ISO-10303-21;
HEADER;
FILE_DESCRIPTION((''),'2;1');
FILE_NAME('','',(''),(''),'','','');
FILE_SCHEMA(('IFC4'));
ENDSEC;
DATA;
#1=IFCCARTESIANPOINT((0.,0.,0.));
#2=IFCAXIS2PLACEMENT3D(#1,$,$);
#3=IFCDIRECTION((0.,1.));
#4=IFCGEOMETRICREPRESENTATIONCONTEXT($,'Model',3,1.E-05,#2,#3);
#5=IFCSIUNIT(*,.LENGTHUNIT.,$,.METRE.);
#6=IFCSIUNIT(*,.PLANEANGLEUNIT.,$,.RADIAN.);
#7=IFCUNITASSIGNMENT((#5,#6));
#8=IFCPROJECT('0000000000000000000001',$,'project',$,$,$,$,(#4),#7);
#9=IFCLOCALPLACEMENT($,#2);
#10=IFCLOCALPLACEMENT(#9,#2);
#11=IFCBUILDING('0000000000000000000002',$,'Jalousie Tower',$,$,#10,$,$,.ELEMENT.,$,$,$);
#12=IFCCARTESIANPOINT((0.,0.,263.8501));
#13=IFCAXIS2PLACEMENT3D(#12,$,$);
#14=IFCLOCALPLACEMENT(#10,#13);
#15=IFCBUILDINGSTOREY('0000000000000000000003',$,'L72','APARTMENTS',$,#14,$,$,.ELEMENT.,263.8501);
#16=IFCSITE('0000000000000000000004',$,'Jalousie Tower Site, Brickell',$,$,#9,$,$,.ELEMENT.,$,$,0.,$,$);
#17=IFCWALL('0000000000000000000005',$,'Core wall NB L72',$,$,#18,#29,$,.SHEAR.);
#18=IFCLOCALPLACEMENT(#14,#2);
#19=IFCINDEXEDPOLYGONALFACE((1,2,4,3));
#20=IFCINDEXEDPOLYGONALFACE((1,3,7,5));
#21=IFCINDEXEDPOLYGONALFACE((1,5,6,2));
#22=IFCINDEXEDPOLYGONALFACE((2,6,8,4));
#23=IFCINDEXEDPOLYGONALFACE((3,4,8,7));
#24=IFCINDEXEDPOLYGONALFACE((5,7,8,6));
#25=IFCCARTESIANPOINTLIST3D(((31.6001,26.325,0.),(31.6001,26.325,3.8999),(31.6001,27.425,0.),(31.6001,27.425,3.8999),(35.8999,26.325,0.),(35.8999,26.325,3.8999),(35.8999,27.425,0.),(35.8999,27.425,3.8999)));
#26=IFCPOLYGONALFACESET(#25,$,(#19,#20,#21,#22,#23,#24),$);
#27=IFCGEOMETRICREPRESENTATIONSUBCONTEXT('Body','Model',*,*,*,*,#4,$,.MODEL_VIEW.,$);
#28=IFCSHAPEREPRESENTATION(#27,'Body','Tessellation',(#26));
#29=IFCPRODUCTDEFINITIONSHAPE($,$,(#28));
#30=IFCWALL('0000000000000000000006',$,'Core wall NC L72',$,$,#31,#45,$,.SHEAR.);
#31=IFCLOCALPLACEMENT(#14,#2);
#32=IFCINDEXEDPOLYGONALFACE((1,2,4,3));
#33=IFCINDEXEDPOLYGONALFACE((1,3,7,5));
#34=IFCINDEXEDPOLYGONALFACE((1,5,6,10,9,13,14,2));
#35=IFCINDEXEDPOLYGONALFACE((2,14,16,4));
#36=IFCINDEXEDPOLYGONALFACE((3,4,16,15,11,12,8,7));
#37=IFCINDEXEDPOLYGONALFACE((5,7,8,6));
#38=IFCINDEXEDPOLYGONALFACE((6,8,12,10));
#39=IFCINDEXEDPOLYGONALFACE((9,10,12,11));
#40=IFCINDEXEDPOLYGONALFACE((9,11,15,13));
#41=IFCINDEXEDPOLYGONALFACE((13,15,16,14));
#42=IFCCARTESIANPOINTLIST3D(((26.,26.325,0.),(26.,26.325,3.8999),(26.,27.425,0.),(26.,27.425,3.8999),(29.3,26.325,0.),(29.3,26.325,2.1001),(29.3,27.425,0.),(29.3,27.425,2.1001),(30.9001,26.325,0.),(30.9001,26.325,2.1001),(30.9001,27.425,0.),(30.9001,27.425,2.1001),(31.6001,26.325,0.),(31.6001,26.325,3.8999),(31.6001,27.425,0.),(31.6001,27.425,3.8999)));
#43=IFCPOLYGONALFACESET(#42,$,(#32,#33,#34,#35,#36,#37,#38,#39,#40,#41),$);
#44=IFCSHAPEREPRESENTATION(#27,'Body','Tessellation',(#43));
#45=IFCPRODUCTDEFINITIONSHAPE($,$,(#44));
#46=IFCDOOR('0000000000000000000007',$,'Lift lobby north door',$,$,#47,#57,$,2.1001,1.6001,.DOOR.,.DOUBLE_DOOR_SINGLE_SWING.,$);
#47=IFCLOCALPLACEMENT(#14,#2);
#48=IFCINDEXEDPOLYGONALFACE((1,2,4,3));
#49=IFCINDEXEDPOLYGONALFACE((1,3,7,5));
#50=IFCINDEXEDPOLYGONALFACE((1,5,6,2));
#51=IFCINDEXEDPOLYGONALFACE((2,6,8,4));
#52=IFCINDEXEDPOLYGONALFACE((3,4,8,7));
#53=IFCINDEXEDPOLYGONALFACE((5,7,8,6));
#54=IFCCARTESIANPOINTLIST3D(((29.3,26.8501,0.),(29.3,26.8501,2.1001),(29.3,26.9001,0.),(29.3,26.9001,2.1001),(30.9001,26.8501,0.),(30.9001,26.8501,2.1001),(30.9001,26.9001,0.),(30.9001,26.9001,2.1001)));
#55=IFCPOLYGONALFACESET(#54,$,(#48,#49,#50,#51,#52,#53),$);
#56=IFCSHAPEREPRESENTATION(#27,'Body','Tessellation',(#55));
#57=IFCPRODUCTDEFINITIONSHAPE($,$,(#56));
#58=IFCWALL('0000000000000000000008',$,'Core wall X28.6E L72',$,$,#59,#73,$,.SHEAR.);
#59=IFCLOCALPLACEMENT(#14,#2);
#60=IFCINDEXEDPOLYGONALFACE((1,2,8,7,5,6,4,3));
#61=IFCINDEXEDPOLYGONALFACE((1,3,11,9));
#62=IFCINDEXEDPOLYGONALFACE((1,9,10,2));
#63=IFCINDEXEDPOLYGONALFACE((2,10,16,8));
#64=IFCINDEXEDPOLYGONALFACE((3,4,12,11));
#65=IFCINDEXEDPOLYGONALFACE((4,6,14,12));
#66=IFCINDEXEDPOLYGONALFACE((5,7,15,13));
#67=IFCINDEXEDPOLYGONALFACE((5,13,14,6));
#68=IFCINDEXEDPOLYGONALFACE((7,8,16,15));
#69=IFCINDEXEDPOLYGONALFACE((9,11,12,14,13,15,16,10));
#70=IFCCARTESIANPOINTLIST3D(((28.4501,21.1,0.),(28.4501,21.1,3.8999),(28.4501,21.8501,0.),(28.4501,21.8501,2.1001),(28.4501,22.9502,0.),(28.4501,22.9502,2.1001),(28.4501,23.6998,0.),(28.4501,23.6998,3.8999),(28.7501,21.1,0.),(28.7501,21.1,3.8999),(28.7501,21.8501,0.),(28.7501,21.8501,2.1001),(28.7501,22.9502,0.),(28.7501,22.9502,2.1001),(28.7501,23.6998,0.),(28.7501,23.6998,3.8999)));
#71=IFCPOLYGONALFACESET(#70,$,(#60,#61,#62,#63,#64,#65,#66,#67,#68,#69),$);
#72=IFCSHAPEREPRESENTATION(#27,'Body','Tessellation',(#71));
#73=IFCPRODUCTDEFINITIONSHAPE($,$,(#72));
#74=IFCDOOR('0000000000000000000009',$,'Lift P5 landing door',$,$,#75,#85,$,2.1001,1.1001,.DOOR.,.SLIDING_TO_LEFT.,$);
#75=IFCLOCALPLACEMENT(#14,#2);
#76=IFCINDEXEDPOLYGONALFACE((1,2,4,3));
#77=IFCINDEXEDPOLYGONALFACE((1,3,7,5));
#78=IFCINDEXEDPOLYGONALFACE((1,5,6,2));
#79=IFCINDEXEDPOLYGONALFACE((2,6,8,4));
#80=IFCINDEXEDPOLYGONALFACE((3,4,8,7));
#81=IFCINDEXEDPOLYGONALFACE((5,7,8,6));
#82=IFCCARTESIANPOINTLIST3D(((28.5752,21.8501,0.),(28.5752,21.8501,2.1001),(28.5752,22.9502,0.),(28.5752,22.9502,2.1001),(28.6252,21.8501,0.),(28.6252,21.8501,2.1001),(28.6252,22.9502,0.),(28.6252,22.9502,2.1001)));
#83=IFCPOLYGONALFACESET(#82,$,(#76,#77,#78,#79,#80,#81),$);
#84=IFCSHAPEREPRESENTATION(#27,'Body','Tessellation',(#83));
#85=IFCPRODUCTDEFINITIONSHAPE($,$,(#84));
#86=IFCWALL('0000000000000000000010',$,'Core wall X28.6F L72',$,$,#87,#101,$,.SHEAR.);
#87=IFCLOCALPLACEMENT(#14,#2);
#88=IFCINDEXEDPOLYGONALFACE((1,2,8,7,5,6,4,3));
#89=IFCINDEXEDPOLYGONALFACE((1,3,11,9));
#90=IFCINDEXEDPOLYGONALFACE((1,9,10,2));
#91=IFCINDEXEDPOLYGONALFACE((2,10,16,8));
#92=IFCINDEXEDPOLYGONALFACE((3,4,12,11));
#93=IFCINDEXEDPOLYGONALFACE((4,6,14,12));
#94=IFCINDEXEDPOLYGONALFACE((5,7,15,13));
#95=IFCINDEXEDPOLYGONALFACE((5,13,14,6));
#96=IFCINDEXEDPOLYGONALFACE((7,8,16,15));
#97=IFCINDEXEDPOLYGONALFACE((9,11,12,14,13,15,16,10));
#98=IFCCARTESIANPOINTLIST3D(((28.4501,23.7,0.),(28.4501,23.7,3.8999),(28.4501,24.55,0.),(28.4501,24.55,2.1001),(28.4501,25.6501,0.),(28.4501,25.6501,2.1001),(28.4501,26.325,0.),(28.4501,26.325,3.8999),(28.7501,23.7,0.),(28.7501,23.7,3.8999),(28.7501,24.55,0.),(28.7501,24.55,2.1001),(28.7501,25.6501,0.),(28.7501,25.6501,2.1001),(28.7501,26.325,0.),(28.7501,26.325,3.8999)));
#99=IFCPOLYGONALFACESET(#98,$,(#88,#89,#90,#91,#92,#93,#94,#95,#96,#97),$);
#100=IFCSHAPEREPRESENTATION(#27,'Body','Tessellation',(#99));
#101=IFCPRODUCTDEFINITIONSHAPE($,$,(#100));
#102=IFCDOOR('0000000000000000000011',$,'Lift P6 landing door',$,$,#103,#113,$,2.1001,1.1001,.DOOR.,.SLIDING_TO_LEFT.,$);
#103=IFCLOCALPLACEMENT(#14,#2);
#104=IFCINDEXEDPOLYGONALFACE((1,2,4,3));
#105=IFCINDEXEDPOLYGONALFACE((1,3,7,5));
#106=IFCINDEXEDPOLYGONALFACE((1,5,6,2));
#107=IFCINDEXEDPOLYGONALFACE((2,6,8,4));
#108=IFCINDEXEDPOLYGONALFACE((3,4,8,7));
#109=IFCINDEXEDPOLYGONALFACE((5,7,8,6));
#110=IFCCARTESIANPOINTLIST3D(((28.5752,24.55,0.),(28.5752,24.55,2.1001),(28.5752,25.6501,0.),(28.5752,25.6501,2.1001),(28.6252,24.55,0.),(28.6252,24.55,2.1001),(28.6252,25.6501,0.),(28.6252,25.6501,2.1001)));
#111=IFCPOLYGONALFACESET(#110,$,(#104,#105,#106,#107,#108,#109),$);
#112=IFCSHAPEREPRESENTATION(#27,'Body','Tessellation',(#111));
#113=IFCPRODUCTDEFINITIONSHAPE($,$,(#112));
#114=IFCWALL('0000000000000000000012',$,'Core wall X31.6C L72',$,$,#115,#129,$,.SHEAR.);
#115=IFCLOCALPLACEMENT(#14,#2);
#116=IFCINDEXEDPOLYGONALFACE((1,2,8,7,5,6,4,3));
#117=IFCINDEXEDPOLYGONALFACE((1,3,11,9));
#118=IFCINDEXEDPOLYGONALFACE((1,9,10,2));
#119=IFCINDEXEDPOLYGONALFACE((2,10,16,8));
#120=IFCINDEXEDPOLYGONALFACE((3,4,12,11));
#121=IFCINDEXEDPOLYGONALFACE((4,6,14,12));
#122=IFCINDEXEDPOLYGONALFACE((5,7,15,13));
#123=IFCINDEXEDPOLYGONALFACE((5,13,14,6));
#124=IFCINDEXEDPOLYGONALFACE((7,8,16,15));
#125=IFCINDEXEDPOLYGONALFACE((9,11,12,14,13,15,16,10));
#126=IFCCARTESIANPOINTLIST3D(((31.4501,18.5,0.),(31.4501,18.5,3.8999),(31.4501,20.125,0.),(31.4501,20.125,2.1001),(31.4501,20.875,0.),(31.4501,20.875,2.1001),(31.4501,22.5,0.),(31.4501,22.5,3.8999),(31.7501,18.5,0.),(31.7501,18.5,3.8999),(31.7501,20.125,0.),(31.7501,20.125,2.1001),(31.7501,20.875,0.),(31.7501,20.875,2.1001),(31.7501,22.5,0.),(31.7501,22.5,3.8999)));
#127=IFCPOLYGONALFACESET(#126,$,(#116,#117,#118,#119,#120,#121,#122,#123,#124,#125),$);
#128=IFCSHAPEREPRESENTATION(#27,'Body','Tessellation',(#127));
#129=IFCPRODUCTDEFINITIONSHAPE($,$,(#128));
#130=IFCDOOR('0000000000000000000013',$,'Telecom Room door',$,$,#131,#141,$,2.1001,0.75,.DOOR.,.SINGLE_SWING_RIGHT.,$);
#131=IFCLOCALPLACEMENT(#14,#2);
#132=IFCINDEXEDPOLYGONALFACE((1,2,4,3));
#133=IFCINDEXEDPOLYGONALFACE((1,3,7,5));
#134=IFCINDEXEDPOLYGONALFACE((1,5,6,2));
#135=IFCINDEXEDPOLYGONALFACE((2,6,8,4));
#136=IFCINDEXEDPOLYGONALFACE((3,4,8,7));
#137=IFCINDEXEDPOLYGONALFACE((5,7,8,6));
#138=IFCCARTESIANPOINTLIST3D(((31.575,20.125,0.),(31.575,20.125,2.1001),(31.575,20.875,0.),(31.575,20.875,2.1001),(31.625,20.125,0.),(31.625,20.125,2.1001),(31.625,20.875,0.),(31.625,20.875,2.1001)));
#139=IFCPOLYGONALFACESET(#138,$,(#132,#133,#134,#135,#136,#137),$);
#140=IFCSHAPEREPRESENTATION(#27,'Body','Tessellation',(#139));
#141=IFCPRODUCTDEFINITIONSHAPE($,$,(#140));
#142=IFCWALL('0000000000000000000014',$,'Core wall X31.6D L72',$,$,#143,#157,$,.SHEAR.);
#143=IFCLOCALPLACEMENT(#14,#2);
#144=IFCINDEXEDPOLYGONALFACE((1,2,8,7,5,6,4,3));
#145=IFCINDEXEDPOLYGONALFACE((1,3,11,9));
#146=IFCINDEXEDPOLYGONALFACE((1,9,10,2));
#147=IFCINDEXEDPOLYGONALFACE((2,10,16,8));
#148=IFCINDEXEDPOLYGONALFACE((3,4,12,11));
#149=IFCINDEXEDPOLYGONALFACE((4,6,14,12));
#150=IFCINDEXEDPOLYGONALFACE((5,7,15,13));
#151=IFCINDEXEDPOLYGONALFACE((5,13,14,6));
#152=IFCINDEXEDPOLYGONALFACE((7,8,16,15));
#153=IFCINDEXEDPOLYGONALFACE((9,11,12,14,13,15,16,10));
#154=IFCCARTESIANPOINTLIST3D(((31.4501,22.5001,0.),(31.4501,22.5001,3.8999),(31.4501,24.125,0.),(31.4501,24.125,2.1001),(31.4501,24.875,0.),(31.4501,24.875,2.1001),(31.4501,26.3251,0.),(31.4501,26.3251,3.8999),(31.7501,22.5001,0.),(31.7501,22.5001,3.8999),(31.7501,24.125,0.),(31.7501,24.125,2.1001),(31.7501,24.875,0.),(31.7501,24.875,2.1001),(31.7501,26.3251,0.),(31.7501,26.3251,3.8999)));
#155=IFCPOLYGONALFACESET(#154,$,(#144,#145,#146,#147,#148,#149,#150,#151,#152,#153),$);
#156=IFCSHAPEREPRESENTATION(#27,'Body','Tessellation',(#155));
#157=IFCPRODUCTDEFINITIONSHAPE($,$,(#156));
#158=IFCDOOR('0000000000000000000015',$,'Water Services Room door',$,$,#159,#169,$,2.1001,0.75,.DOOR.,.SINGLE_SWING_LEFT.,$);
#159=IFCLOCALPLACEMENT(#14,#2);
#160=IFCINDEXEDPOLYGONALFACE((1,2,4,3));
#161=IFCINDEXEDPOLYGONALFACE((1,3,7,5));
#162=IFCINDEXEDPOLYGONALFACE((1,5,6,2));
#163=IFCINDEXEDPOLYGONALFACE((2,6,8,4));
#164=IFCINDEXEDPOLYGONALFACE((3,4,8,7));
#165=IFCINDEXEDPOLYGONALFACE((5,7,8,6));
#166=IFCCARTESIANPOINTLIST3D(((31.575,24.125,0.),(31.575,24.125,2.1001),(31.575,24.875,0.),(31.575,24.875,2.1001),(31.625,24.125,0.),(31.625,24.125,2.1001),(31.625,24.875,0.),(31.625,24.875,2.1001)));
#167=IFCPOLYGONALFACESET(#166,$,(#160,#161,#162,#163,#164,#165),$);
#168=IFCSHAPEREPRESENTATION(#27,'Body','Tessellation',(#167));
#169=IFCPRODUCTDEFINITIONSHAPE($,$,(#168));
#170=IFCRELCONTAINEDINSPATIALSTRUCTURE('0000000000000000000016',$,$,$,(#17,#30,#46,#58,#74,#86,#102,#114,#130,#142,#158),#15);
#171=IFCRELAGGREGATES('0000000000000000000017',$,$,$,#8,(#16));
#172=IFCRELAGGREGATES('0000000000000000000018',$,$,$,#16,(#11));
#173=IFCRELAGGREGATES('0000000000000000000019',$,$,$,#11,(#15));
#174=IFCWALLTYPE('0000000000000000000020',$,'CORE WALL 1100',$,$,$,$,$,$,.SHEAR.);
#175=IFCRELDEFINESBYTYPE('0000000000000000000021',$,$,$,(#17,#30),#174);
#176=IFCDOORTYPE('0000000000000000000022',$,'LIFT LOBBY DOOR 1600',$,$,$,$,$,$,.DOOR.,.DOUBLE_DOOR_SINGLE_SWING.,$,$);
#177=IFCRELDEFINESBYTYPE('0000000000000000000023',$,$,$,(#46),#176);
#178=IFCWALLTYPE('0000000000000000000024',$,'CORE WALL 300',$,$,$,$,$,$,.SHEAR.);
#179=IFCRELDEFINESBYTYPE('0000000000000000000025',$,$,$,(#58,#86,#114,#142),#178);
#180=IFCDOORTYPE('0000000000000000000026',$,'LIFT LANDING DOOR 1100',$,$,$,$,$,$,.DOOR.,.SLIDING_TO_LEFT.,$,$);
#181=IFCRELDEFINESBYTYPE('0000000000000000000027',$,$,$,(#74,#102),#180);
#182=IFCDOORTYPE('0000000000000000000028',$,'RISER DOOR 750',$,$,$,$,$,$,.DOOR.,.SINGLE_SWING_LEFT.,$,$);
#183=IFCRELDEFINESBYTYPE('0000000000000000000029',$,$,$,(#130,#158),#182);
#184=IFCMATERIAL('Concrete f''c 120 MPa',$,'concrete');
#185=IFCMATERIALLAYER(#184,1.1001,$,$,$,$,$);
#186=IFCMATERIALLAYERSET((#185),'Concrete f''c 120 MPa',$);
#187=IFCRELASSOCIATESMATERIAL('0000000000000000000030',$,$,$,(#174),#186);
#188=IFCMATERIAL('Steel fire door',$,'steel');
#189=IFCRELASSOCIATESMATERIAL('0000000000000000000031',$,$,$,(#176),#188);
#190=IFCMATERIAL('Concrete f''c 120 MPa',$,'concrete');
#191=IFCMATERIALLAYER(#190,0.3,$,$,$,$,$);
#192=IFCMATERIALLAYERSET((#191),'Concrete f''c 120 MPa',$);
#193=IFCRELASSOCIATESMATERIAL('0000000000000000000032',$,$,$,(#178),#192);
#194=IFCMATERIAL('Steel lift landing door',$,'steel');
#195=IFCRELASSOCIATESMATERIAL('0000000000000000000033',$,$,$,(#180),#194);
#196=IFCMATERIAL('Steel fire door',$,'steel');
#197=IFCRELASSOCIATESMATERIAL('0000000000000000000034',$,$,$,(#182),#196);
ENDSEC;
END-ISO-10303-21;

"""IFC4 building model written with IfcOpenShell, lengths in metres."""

from ifc_helpers import new_model, si_unit, direction, frame, frame_2d, origin, place, context, subcontext, project, spatial, rectangle, extrude, material, layer, layer_set, type_object, element, fill, save


model = new_model("IFC4")

# Units and contexts
model_context = context("Model", 3, precision=1e-05, world=origin(), true_north=direction((0.0, 1.0)))
body_context = subcontext(model_context, "Body", "Model", "MODEL_VIEW")
ifc_project = project(units=[si_unit("LENGTHUNIT", "METRE"), si_unit("PLANEANGLEUNIT", "RADIAN")], contexts=[model_context])

# Site, building, storey
site_placement = place(None, origin())
site = spatial("IfcSite", under=ifc_project, at=site_placement, Name="Jalousie Tower Site, Brickell", CompositionType="ELEMENT", RefElevation=0.0)
building_placement = place(site_placement, origin())
building = spatial("IfcBuilding", under=site, at=building_placement, Name="Jalousie Tower", CompositionType="ELEMENT")
storey_placement = place(building_placement, frame((0.0, 0.0, 263.8501)))
storey = spatial("IfcBuildingStorey", under=building, at=storey_placement, Name="L72", Description="APARTMENTS", CompositionType="ELEMENT", Elevation=263.8501)

# Wall
ifc_material_1 = material(Name="Concrete f'c 120 MPa", Category="concrete")
ifc_layer_1 = layer(ifc_material_1, 1.1001)
ifc_layer_set_1 = layer_set([ifc_layer_1], Name="Concrete f'c 120 MPa")
wall_type_1 = type_object("IfcWallType", Name="CORE WALL 1100", PredefinedType="SHEAR", material=ifc_layer_set_1)
wall_1_placement = place(storey_placement, frame((35.8999, 26.875, 0.0), z_axis=(0.0, 0.0, 1.0), x_axis=(-1.0, 0.0, 0.0)))
element("IfcWall", 1, at=wall_1_placement, inside=storey, type_object=wall_type_1, Name="Core wall NB L72", PredefinedType="SHEAR", context=body_context, shape_type="SweptSolid", body=[
    extrude(rectangle(XDim=4.2998, YDim=1.1001, at=frame_2d((2.1499, 0.0))), origin(), (0.0, 0.0, 1.0), 3.8999),
])

# Walls, openings, doors
wall_2_placement = place(storey_placement, frame((31.6001, 26.875, 0.0), z_axis=(0.0, 0.0, 1.0), x_axis=(-1.0, 0.0, 0.0)))
wall_2 = element("IfcWall", 2, at=wall_2_placement, inside=storey, type_object=wall_type_1, Name="Core wall NC L72", PredefinedType="SHEAR", context=body_context, shape_type="SweptSolid", body=[
    extrude(rectangle(XDim=5.6001, YDim=1.1001, at=frame_2d((2.8, 0.0))), origin(), (0.0, 0.0, 1.0), 3.8999),
])
opening_1_placement = place(wall_2_placement, frame((0.7, 0.0, 0.0)))
opening_1 = element("IfcOpeningElement", 3, at=opening_1_placement, cuts=wall_2, PredefinedType="OPENING", context=body_context, shape_type="SweptSolid", body=[
    extrude(rectangle(XDim=1.6001, YDim=2.1001, at=frame_2d((0.8, 1.05))), frame((0.0, 0.5601, 0.0), z_axis=(0.0, -1.0, 0.0), x_axis=(1.0, 0.0, 0.0)), (0.0, 0.0, 1.0), 1.1201),
])
ifc_material_2 = material(Name="Steel fire door", Category="steel")
door_type_1 = type_object("IfcDoorType", Name="LIFT LOBBY DOOR 1600", OperationType="DOUBLE_DOOR_SINGLE_SWING", PredefinedType="DOOR", material=ifc_material_2)
door_1_placement = place(opening_1_placement, origin())
door_1 = element("IfcDoor", 4, at=door_1_placement, inside=storey, type_object=door_type_1, Name="Lift lobby north door", OperationType="DOUBLE_DOOR_SINGLE_SWING", OverallHeight=2.1001, OverallWidth=1.6001, PredefinedType="DOOR", context=body_context, shape_type="SweptSolid", body=[
    extrude(rectangle(XDim=1.6001, YDim=2.1001, at=frame_2d((0.8, 1.05))), frame((0.0, 0.0249, 0.0), z_axis=(0.0, -1.0, 0.0), x_axis=(1.0, 0.0, 0.0)), (0.0, 0.0, 1.0), 0.05),
])
fill(opening_1, door_1)
ifc_material_3 = material(Name="Concrete f'c 120 MPa", Category="concrete")
ifc_layer_2 = layer(ifc_material_3, 0.3)
ifc_layer_set_2 = layer_set([ifc_layer_2], Name="Concrete f'c 120 MPa")
wall_type_2 = type_object("IfcWallType", Name="CORE WALL 300", PredefinedType="SHEAR", material=ifc_layer_set_2)
wall_3_placement = place(storey_placement, frame((28.6001, 21.1001, 0.0), z_axis=(0.0, 0.0, 1.0), x_axis=(0.0, 1.0, 0.0)))
wall_3 = element("IfcWall", 5, at=wall_3_placement, inside=storey, type_object=wall_type_2, Name="Core wall X28.6E L72", PredefinedType="SHEAR", context=body_context, shape_type="SweptSolid", body=[
    extrude(rectangle(XDim=2.5999, YDim=0.3, at=frame_2d((1.2998, 0.0))), origin(), (0.0, 0.0, 1.0), 3.8999),
])
opening_2_placement = place(wall_3_placement, frame((0.75, 0.0, 0.0)))
opening_2 = element("IfcOpeningElement", 6, at=opening_2_placement, cuts=wall_3, PredefinedType="OPENING", context=body_context, shape_type="SweptSolid", body=[
    extrude(rectangle(XDim=1.1001, YDim=2.1001, at=frame_2d((0.55, 1.05))), frame((0.0, 0.1599, 0.0), z_axis=(0.0, -1.0, 0.0), x_axis=(1.0, 0.0, 0.0)), (0.0, 0.0, 1.0), 0.3201),
])
ifc_material_4 = material(Name="Steel lift landing door", Category="steel")
door_type_2 = type_object("IfcDoorType", Name="LIFT LANDING DOOR 1100", OperationType="SLIDING_TO_LEFT", PredefinedType="DOOR", material=ifc_material_4)
door_2_placement = place(opening_2_placement, origin())
door_2 = element("IfcDoor", 7, at=door_2_placement, inside=storey, type_object=door_type_2, Name="Lift P5 landing door", OperationType="SLIDING_TO_LEFT", OverallHeight=2.1001, OverallWidth=1.1001, PredefinedType="DOOR", context=body_context, shape_type="SweptSolid", body=[
    extrude(rectangle(XDim=1.1001, YDim=2.1001, at=frame_2d((0.55, 1.05))), frame((0.0, 0.0249, 0.0), z_axis=(0.0, -1.0, 0.0), x_axis=(1.0, 0.0, 0.0)), (0.0, 0.0, 1.0), 0.05),
])
fill(opening_2, door_2)
wall_4_placement = place(storey_placement, frame((28.6001, 23.7, 0.0), z_axis=(0.0, 0.0, 1.0), x_axis=(0.0, 1.0, 0.0)))
wall_4 = element("IfcWall", 8, at=wall_4_placement, inside=storey, type_object=wall_type_2, Name="Core wall X28.6F L72", PredefinedType="SHEAR", context=body_context, shape_type="SweptSolid", body=[
    extrude(rectangle(XDim=2.625, YDim=0.3, at=frame_2d((1.3125, 0.0))), origin(), (0.0, 0.0, 1.0), 3.8999),
])
opening_3_placement = place(wall_4_placement, frame((0.8501, 0.0, 0.0)))
opening_3 = element("IfcOpeningElement", 9, at=opening_3_placement, cuts=wall_4, PredefinedType="OPENING", context=body_context, shape_type="SweptSolid", body=[
    extrude(rectangle(XDim=1.1001, YDim=2.1001, at=frame_2d((0.55, 1.05))), frame((0.0, 0.1599, 0.0), z_axis=(0.0, -1.0, 0.0), x_axis=(1.0, 0.0, 0.0)), (0.0, 0.0, 1.0), 0.3201),
])
door_3_placement = place(opening_3_placement, origin())
door_3 = element("IfcDoor", 10, at=door_3_placement, inside=storey, type_object=door_type_2, Name="Lift P6 landing door", OperationType="SLIDING_TO_LEFT", OverallHeight=2.1001, OverallWidth=1.1001, PredefinedType="DOOR", context=body_context, shape_type="SweptSolid", body=[
    extrude(rectangle(XDim=1.1001, YDim=2.1001, at=frame_2d((0.55, 1.05))), frame((0.0, 0.0249, 0.0), z_axis=(0.0, -1.0, 0.0), x_axis=(1.0, 0.0, 0.0)), (0.0, 0.0, 1.0), 0.05),
])
fill(opening_3, door_3)
wall_5_placement = place(storey_placement, frame((31.6001, 18.5, 0.0), z_axis=(0.0, 0.0, 1.0), x_axis=(0.0, 1.0, 0.0)))
wall_5 = element("IfcWall", 11, at=wall_5_placement, inside=storey, type_object=wall_type_2, Name="Core wall X31.6C L72", PredefinedType="SHEAR", context=body_context, shape_type="SweptSolid", body=[
    extrude(rectangle(XDim=4.0, YDim=0.3, at=frame_2d((2.0, 0.0))), origin(), (0.0, 0.0, 1.0), 3.8999),
])
opening_4_placement = place(wall_5_placement, frame((1.625, 0.0, 0.0)))
opening_4 = element("IfcOpeningElement", 12, at=opening_4_placement, cuts=wall_5, PredefinedType="OPENING", context=body_context, shape_type="SweptSolid", body=[
    extrude(rectangle(XDim=0.75, YDim=2.1001, at=frame_2d((0.375, 1.05))), frame((0.0, 0.1599, 0.0), z_axis=(0.0, -1.0, 0.0), x_axis=(1.0, 0.0, 0.0)), (0.0, 0.0, 1.0), 0.3201),
])
ifc_material_5 = material(Name="Steel fire door", Category="steel")
door_type_3 = type_object("IfcDoorType", Name="RISER DOOR 750", OperationType="SINGLE_SWING_LEFT", PredefinedType="DOOR", material=ifc_material_5)
door_4_placement = place(opening_4_placement, frame((0.75, 0.0, 0.0), z_axis=(0.0, 0.0, 1.0), x_axis=(-1.0, 0.0, 0.0)))
door_4 = element("IfcDoor", 13, at=door_4_placement, inside=storey, type_object=door_type_3, Name="Telecom Room door", OperationType="SINGLE_SWING_RIGHT", OverallHeight=2.1001, OverallWidth=0.75, PredefinedType="DOOR", context=body_context, shape_type="SweptSolid", body=[
    extrude(rectangle(XDim=0.75, YDim=2.1001, at=frame_2d((0.375, 1.05))), frame((0.0, 0.0249, 0.0), z_axis=(0.0, -1.0, 0.0), x_axis=(1.0, 0.0, 0.0)), (0.0, 0.0, 1.0), 0.05),
])
fill(opening_4, door_4)
wall_6_placement = place(storey_placement, frame((31.6001, 22.5, 0.0), z_axis=(0.0, 0.0, 1.0), x_axis=(0.0, 1.0, 0.0)))
wall_6 = element("IfcWall", 14, at=wall_6_placement, inside=storey, type_object=wall_type_2, Name="Core wall X31.6D L72", PredefinedType="SHEAR", context=body_context, shape_type="SweptSolid", body=[
    extrude(rectangle(XDim=3.825, YDim=0.3, at=frame_2d((1.9126, 0.0))), origin(), (0.0, 0.0, 1.0), 3.8999),
])
opening_5_placement = place(wall_6_placement, frame((1.625, 0.0, 0.0)))
opening_5 = element("IfcOpeningElement", 15, at=opening_5_placement, cuts=wall_6, PredefinedType="OPENING", context=body_context, shape_type="SweptSolid", body=[
    extrude(rectangle(XDim=0.75, YDim=2.1001, at=frame_2d((0.375, 1.05))), frame((0.0, 0.1599, 0.0), z_axis=(0.0, -1.0, 0.0), x_axis=(1.0, 0.0, 0.0)), (0.0, 0.0, 1.0), 0.3201),
])
door_5_placement = place(opening_5_placement, frame((0.75, 0.0, 0.0), z_axis=(0.0, 0.0, 1.0), x_axis=(-1.0, 0.0, 0.0)))
door_5 = element("IfcDoor", 16, at=door_5_placement, inside=storey, type_object=door_type_3, Name="Water Services Room door", OperationType="SINGLE_SWING_LEFT", OverallHeight=2.1001, OverallWidth=0.75, PredefinedType="DOOR", context=body_context, shape_type="SweptSolid", body=[
    extrude(rectangle(XDim=0.75, YDim=2.1001, at=frame_2d((0.375, 1.05))), frame((0.0, 0.0249, 0.0), z_axis=(0.0, -1.0, 0.0), x_axis=(1.0, 0.0, 0.0)), (0.0, 0.0, 1.0), 0.05),
])
fill(opening_5, door_5)

save(model, "model.ifc")
